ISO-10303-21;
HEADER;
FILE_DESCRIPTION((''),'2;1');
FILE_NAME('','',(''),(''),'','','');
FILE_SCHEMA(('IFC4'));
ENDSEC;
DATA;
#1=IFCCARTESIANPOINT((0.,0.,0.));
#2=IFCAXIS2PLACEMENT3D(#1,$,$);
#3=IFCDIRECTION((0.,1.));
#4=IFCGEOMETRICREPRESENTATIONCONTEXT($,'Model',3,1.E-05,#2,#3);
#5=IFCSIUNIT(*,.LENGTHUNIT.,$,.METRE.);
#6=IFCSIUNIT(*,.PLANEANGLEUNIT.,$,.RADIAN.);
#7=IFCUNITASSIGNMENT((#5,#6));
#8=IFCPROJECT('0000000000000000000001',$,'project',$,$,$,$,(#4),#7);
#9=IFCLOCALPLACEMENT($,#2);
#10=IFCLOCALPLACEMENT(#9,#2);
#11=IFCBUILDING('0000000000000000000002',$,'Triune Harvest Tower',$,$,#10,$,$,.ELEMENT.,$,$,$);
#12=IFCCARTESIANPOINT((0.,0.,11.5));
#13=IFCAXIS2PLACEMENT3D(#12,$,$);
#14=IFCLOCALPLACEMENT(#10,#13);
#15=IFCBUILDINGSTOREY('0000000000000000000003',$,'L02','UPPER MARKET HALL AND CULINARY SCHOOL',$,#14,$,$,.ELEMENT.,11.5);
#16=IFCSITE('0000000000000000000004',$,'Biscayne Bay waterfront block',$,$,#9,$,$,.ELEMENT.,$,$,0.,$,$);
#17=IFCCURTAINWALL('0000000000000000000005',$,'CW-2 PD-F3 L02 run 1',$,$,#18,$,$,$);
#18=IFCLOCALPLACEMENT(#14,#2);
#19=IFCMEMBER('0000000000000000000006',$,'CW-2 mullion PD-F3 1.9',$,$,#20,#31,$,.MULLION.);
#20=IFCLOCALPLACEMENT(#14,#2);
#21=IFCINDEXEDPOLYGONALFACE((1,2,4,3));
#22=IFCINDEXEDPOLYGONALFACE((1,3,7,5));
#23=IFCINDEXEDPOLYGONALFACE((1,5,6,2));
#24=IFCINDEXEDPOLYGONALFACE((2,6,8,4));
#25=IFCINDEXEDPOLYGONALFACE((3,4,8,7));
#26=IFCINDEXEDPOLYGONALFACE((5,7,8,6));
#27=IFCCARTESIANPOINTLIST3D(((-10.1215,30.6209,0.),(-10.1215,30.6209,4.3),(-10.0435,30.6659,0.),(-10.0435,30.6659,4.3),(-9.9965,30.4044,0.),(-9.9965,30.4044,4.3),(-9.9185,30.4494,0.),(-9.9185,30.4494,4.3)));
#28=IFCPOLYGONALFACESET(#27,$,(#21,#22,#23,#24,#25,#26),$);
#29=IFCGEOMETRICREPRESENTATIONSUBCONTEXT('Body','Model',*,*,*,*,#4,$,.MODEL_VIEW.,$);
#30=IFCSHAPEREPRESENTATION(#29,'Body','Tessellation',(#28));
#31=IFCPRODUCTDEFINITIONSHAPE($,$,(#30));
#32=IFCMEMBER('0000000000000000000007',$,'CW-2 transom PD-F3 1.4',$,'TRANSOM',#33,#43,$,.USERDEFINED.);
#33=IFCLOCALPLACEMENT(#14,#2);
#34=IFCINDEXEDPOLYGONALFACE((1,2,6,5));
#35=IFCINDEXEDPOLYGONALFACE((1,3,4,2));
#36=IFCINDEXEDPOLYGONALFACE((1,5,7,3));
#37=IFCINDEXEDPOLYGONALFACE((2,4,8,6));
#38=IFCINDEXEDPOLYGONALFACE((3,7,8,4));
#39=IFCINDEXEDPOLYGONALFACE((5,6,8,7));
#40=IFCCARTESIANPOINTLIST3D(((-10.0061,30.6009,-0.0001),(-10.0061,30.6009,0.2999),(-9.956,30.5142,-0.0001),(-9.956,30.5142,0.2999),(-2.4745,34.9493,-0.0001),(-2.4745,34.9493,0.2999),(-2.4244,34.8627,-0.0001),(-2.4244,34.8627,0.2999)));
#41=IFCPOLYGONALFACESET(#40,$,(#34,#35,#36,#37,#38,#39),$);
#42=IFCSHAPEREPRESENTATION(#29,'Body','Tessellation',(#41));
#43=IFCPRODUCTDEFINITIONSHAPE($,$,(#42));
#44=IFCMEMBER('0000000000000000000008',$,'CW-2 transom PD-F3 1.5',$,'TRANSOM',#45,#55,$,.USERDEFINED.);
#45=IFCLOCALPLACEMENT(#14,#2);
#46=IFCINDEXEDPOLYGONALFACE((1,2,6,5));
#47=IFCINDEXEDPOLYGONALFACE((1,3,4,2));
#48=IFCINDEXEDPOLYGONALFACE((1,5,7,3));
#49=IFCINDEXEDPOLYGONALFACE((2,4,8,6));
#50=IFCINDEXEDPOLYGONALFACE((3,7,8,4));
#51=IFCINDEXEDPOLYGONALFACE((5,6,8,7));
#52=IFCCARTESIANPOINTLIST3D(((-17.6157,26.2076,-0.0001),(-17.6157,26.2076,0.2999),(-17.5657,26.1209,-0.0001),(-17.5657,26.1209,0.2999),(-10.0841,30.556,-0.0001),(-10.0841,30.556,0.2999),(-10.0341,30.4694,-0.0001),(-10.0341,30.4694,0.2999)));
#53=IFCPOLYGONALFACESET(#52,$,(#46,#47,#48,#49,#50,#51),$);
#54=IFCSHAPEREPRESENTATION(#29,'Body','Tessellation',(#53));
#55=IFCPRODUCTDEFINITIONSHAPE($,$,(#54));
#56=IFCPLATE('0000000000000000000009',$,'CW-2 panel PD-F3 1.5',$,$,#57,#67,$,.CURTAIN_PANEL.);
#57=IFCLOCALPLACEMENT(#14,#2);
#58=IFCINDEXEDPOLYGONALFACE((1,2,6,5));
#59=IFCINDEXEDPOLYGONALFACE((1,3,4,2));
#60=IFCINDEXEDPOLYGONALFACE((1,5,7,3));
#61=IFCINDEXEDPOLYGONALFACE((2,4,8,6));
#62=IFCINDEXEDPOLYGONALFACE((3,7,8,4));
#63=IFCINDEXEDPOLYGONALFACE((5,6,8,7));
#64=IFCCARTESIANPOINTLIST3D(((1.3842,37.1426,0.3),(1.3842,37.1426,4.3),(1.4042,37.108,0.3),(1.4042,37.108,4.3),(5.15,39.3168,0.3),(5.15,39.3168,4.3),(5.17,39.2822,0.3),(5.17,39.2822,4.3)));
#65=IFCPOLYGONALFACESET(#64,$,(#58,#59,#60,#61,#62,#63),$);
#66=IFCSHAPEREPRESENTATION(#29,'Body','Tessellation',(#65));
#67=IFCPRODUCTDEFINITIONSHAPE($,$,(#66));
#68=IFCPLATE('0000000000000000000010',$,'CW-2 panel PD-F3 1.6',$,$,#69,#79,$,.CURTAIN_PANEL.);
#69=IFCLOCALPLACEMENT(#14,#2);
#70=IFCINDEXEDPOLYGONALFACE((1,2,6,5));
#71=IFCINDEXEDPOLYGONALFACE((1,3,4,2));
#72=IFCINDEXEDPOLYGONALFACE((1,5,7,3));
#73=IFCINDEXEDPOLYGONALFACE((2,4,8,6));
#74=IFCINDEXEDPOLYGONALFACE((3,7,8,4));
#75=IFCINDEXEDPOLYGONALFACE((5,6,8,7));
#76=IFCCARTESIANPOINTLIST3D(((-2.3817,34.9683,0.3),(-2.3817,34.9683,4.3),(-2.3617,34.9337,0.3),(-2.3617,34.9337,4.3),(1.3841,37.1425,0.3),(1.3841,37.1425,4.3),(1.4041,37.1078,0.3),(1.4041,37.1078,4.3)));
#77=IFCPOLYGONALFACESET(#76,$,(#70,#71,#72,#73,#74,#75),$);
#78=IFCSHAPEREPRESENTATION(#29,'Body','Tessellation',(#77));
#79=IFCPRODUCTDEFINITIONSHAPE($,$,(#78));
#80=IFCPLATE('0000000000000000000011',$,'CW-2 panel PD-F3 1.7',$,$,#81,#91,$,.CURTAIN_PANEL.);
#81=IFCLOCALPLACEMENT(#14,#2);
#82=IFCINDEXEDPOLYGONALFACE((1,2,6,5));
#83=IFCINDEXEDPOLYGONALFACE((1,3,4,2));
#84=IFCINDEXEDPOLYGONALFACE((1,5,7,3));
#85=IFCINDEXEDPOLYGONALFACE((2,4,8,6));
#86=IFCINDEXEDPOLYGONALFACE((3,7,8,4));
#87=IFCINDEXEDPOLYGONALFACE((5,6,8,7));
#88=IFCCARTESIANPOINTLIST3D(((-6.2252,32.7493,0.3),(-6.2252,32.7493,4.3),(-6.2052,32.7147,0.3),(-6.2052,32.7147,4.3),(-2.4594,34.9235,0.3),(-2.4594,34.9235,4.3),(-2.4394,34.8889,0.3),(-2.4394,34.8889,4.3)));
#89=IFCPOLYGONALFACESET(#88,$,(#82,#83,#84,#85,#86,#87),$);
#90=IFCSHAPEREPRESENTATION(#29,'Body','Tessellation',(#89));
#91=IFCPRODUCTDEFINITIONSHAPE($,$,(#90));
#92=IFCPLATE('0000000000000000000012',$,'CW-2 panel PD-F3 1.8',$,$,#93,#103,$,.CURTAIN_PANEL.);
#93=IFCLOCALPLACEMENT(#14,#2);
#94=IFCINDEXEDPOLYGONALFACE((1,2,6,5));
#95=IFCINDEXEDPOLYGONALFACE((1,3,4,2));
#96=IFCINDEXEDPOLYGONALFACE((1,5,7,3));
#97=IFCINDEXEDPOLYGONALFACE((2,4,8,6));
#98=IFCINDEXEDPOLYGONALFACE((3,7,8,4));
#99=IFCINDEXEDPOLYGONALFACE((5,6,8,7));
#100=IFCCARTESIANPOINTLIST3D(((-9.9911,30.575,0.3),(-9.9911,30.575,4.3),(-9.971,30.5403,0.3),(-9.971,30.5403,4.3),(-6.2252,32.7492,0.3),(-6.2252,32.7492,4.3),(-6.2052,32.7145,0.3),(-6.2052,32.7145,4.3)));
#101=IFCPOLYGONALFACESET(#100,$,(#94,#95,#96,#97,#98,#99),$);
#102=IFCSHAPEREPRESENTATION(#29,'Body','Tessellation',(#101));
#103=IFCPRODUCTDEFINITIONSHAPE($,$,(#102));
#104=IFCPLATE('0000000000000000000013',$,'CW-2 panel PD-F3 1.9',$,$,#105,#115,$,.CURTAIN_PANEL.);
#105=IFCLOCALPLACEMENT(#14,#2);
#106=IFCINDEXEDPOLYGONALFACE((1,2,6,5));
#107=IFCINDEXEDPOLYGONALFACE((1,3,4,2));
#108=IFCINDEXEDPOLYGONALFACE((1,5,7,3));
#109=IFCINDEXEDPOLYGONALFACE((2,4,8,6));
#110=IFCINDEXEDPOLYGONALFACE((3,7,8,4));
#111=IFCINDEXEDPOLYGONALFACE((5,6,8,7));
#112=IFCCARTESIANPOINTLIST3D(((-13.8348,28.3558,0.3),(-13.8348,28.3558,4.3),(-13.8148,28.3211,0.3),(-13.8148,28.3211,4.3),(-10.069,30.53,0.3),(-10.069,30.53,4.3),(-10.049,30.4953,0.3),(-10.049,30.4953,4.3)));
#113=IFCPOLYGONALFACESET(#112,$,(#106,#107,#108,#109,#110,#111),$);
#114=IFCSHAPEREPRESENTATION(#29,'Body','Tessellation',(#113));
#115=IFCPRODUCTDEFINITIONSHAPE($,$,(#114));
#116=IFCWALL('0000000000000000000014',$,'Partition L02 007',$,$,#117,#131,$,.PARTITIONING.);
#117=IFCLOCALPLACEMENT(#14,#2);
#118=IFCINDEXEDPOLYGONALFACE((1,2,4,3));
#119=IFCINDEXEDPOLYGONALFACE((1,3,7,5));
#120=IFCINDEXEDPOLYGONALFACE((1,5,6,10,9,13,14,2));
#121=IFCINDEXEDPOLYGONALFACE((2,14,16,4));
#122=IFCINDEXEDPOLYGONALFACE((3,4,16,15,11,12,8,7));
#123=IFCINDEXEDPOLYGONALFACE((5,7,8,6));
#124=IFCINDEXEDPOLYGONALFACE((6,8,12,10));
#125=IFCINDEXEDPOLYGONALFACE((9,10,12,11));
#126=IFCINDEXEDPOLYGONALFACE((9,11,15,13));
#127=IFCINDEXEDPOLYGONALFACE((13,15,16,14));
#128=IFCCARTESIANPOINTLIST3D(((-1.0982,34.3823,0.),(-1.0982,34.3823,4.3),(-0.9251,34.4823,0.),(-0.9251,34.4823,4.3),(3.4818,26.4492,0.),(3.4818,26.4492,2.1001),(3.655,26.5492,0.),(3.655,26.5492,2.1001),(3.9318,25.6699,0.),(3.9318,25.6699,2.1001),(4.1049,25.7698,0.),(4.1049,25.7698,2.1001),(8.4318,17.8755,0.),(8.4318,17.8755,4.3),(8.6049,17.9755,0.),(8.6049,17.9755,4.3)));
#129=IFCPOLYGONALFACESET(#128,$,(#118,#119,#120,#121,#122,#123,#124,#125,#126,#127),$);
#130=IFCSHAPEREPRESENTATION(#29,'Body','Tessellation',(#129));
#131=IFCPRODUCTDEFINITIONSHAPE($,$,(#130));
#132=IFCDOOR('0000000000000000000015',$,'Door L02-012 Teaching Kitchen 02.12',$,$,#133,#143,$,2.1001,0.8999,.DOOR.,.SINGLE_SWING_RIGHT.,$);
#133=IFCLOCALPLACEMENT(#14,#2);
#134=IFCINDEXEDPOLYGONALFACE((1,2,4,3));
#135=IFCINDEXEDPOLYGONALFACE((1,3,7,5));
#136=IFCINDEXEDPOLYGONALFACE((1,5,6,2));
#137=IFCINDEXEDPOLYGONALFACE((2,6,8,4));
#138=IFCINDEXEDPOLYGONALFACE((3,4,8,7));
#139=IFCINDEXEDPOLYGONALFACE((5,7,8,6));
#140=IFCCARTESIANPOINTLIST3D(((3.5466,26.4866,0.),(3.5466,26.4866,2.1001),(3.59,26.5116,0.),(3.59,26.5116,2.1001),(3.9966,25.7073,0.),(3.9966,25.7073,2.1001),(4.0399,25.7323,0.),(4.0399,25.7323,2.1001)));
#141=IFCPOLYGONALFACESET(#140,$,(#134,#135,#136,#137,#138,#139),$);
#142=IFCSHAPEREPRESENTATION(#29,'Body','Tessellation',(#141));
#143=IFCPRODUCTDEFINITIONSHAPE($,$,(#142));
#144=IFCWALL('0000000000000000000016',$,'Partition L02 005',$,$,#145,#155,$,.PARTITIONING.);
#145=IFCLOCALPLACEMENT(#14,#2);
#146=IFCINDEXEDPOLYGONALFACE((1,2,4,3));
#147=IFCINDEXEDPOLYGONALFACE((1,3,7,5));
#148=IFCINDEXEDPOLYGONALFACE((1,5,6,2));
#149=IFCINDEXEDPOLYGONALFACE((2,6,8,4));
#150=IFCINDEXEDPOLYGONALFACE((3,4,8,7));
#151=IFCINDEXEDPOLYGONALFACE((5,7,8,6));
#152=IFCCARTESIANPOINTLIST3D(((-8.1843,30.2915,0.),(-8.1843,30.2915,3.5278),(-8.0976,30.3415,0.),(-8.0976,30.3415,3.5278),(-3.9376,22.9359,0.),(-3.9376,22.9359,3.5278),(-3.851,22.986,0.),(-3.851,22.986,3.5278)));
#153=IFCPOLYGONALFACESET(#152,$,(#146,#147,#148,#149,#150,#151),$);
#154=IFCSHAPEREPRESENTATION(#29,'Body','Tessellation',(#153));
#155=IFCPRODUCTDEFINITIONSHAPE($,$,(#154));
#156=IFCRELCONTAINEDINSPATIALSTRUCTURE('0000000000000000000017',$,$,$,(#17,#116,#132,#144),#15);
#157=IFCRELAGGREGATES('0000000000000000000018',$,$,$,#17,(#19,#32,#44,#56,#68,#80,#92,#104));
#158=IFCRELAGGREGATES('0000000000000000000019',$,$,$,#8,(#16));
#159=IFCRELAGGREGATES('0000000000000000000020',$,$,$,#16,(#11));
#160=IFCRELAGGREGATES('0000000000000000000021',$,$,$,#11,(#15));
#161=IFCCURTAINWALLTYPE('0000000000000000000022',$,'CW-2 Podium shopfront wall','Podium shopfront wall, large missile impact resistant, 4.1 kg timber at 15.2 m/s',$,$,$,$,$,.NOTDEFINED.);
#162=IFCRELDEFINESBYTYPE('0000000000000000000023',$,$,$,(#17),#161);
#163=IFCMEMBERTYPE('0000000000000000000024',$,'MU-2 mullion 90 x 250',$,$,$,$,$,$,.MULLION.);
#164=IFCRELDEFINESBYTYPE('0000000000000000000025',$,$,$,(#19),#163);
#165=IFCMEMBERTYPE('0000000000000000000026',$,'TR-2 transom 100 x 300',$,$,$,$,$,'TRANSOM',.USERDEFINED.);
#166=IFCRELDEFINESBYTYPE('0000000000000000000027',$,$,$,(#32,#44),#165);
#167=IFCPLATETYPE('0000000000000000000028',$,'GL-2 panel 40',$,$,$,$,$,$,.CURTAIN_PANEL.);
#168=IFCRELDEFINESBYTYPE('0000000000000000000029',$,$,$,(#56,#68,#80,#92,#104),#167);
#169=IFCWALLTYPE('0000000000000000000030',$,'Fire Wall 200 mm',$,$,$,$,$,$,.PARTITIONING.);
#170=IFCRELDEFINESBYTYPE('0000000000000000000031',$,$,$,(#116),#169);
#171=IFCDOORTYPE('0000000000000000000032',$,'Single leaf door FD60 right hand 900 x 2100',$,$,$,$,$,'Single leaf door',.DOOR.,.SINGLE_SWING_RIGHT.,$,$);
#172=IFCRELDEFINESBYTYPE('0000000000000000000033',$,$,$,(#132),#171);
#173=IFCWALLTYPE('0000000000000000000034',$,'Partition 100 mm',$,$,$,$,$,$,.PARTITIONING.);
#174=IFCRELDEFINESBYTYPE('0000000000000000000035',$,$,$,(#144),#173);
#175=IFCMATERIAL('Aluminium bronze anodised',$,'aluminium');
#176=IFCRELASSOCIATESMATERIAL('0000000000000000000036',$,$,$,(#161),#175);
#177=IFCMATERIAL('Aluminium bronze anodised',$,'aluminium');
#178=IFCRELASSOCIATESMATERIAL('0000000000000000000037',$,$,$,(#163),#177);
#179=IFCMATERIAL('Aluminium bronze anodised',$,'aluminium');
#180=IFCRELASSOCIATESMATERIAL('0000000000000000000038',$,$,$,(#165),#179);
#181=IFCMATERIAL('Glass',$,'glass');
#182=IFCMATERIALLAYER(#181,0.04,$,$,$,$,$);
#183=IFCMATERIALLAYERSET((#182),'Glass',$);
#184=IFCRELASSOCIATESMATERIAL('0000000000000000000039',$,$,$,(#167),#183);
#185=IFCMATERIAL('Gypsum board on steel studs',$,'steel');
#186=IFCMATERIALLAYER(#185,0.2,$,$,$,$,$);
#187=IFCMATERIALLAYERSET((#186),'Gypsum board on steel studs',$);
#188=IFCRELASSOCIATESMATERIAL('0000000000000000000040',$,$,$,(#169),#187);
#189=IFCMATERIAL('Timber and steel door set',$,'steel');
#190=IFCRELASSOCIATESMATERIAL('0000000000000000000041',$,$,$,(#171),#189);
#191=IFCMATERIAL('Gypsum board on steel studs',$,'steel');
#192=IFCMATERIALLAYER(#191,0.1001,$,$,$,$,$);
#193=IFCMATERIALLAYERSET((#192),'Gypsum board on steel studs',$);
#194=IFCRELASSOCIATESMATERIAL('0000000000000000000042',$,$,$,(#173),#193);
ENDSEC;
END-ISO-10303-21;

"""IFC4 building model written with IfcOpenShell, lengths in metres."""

from ifc_helpers import new_model, si_unit, direction, frame, frame_2d, origin, origin_2d, place, context, subcontext, project, spatial, rectangle, extrude, source, transform, mapped, material, layer, layer_set, material_profile, profile_set, type_object, element, fill, aggregate, save


model = new_model("IFC4")

# Units and contexts
model_context = context("Model", 3, precision=1e-05, world=origin(), true_north=direction((0.0, 1.0)))
body_context = subcontext(model_context, "Body", "Model", "MODEL_VIEW")
ifc_project = project(units=[si_unit("LENGTHUNIT", "METRE"), si_unit("PLANEANGLEUNIT", "RADIAN")], contexts=[model_context])

# Site, building, storey
site_placement = place(None, origin())
site = spatial("IfcSite", under=ifc_project, at=site_placement, Name="Biscayne Bay waterfront block", CompositionType="ELEMENT", RefElevation=0.0)
building_placement = place(site_placement, origin())
building = spatial("IfcBuilding", under=site, at=building_placement, Name="Triune Harvest Tower", CompositionType="ELEMENT")
storey_placement = place(building_placement, frame((0.0, 0.0, 11.5)))
storey = spatial("IfcBuildingStorey", under=building, at=storey_placement, Name="L02", Description="UPPER MARKET HALL AND CULINARY SCHOOL", CompositionType="ELEMENT", Elevation=11.5)

# Curtain wall, members, plates
ifc_material_1 = material(Name="Aluminium bronze anodised", Category="aluminium")
curtain_wall_type = type_object("IfcCurtainWallType", Name="CW-2 Podium shopfront wall", Description="Podium shopfront wall, large missile impact resistant, 4.1 kg timber at 15.2 m/s", PredefinedType="NOTDEFINED", material=ifc_material_1)
curtain_wall_placement = place(storey_placement, origin())
curtain_wall = element("IfcCurtainWall", 1, at=curtain_wall_placement, inside=storey, type_object=curtain_wall_type, Name="CW-2 PD-F3 L02 run 1")
ifc_material_2 = material(Name="Aluminium bronze anodised", Category="aluminium")
ifc_material_profile_1 = material_profile(ifc_material_2, rectangle(XDim=0.25, YDim=0.0901, at=origin_2d()), Name="MU-2 mullion 90 x 250")
ifc_profile_set_1 = profile_set([ifc_material_profile_1], Name="Aluminium bronze anodised")
member_type_1 = type_object("IfcMemberType", Name="MU-2 mullion 90 x 250", PredefinedType="MULLION", material=ifc_profile_set_1)
shared_shape_1 = source(origin(), body_context, "Body", "SweptSolid", [
    extrude(rectangle(XDim=0.25, YDim=0.0901, at=origin_2d()), origin(), (0.0, 0.0, 1.0), 4.3),
])
member_1_placement = place(storey_placement, frame((-10.02, 30.5352, 0.0), z_axis=(0.0, 0.0, 1.0), x_axis=(0.5, -0.866025, 0.0)))
member_1 = element("IfcMember", 2, at=member_1_placement, type_object=member_type_1, Name="CW-2 mullion PD-F3 1.9", PredefinedType="MULLION", context=body_context, shape_type="MappedRepresentation", body=[
    mapped(shared_shape_1, transform((0.0, 0.0, 0.0), scale=1.0)),
])
ifc_material_3 = material(Name="Aluminium bronze anodised", Category="aluminium")
ifc_material_profile_2 = material_profile(ifc_material_3, rectangle(XDim=0.1001, YDim=0.3, at=origin_2d()), Name="TR-2 transom 100 x 300")
ifc_profile_set_2 = profile_set([ifc_material_profile_2], Name="Aluminium bronze anodised")
member_type_2 = type_object("IfcMemberType", Name="TR-2 transom 100 x 300", ElementType="TRANSOM", PredefinedType="USERDEFINED", material=ifc_profile_set_2)
shared_shape_2 = source(origin(), body_context, "Body", "SweptSolid", [
    extrude(rectangle(XDim=0.1001, YDim=0.3, at=origin_2d()), origin(), (0.0, 0.0, 1.0), 8.6968),
])
member_2_placement = place(storey_placement, frame((-2.4495, 34.906, 0.1499), z_axis=(-0.866021, -0.500007, 0.0), x_axis=(0.500007, -0.866021, 0.0)))
member_2 = element("IfcMember", 3, at=member_2_placement, type_object=member_type_2, Name="CW-2 transom PD-F3 1.4", ObjectType="TRANSOM", PredefinedType="USERDEFINED", context=body_context, shape_type="MappedRepresentation", body=[
    mapped(shared_shape_2, transform((0.0, 0.0, 0.0), scale=1.0)),
])
member_3_placement = place(storey_placement, frame((-10.0591, 30.5127, 0.1499), z_axis=(-0.866021, -0.500007, 0.0), x_axis=(0.500007, -0.866021, 0.0)))
member_3 = element("IfcMember", 4, at=member_3_placement, type_object=member_type_2, Name="CW-2 transom PD-F3 1.5", ObjectType="TRANSOM", PredefinedType="USERDEFINED", context=body_context, shape_type="MappedRepresentation", body=[
    mapped(shared_shape_2, transform((0.0, 0.0, 0.0), scale=1.0)),
])
ifc_material_4 = material(Name="Glass", Category="glass")
ifc_layer_1 = layer(ifc_material_4, 0.04)
ifc_layer_set_1 = layer_set([ifc_layer_1], Name="Glass")
plate_type = type_object("IfcPlateType", Name="GL-2 panel 40", PredefinedType="CURTAIN_PANEL", material=ifc_layer_set_1)
shared_shape_3 = source(origin(), body_context, "Body", "SweptSolid", [
    extrude(rectangle(XDim=4.3484, YDim=0.04, at=origin_2d()), origin(), (0.0, 0.0, 1.0), 4.0),
])
plate_1_placement = place(storey_placement, frame((3.2771, 38.2124, 0.3), z_axis=(0.0, 0.0, 1.0), x_axis=(-0.866025, -0.5, 0.0)))
plate_1 = element("IfcPlate", 5, at=plate_1_placement, type_object=plate_type, Name="CW-2 panel PD-F3 1.5", PredefinedType="CURTAIN_PANEL", context=body_context, shape_type="MappedRepresentation", body=[
    mapped(shared_shape_3, transform((0.0, 0.0, 0.0), scale=1.0)),
])
plate_2_placement = place(storey_placement, frame((-0.4888, 36.0381, 0.3), z_axis=(0.0, 0.0, 1.0), x_axis=(-0.866025, -0.5, 0.0)))
plate_2 = element("IfcPlate", 6, at=plate_2_placement, type_object=plate_type, Name="CW-2 panel PD-F3 1.6", PredefinedType="CURTAIN_PANEL", context=body_context, shape_type="MappedRepresentation", body=[
    mapped(shared_shape_3, transform((0.0, 0.0, 0.0), scale=1.0)),
])
plate_3_placement = place(storey_placement, frame((-4.3323, 33.8191, 0.3), z_axis=(0.0, 0.0, 1.0), x_axis=(-0.866025, -0.5, 0.0)))
plate_3 = element("IfcPlate", 7, at=plate_3_placement, type_object=plate_type, Name="CW-2 panel PD-F3 1.7", PredefinedType="CURTAIN_PANEL", context=body_context, shape_type="MappedRepresentation", body=[
    mapped(shared_shape_3, transform((0.0, 0.0, 0.0), scale=1.0)),
])
plate_4_placement = place(storey_placement, frame((-8.0981, 31.6448, 0.3), z_axis=(0.0, 0.0, 1.0), x_axis=(-0.866025, -0.5, 0.0)))
plate_4 = element("IfcPlate", 8, at=plate_4_placement, type_object=plate_type, Name="CW-2 panel PD-F3 1.8", PredefinedType="CURTAIN_PANEL", context=body_context, shape_type="MappedRepresentation", body=[
    mapped(shared_shape_3, transform((0.0, 0.0, 0.0), scale=1.0)),
])
plate_5_placement = place(storey_placement, frame((-11.9419, 29.4255, 0.3), z_axis=(0.0, 0.0, 1.0), x_axis=(-0.866025, -0.5, 0.0)))
plate_5 = element("IfcPlate", 9, at=plate_5_placement, type_object=plate_type, Name="CW-2 panel PD-F3 1.9", PredefinedType="CURTAIN_PANEL", context=body_context, shape_type="MappedRepresentation", body=[
    mapped(shared_shape_3, transform((0.0, 0.0, 0.0), scale=1.0)),
])
aggregate(curtain_wall, [member_1, member_2, member_3, plate_1, plate_2, plate_3, plate_4, plate_5])

# Wall, opening, door
ifc_material_5 = material(Name="Gypsum board on steel studs", Category="steel")
ifc_layer_2 = layer(ifc_material_5, 0.2)
ifc_layer_set_2 = layer_set([ifc_layer_2], Name="Gypsum board on steel studs")
wall_type_1 = type_object("IfcWallType", Name="Fire Wall 200 mm", PredefinedType="PARTITIONING", material=ifc_layer_set_2)
wall_1_placement = place(storey_placement, frame((-1.0117, 34.4324, 0.0), z_axis=(0.0, 0.0, 1.0), x_axis=(0.499992, -0.86603, 0.0)))
wall_1 = element("IfcWall", 10, at=wall_1_placement, inside=storey, type_object=wall_type_1, Name="Partition L02 007", PredefinedType="PARTITIONING", context=body_context, shape_type="SweptSolid", body=[
    extrude(rectangle(XDim=19.0603, YDim=0.2, at=frame_2d((9.5303, 0.0))), origin(), (0.0, 0.0, 1.0), 4.3),
])
opening_placement = place(wall_1_placement, frame((9.1604, 0.0, 0.0)))
opening = element("IfcOpeningElement", 11, at=opening_placement, cuts=wall_1, PredefinedType="OPENING", context=body_context, shape_type="SweptSolid", body=[
    extrude(rectangle(XDim=0.8999, YDim=2.1001, at=frame_2d((0.45, 1.05))), frame((0.0, 0.1099, 0.0), z_axis=(0.0, -1.0, 0.0), x_axis=(1.0, 0.0, 0.0)), (0.0, 0.0, 1.0), 0.22),
])
ifc_material_6 = material(Name="Timber and steel door set", Category="steel")
door_type = type_object("IfcDoorType", Name="Single leaf door FD60 right hand 900 x 2100", ElementType="Single leaf door", OperationType="SINGLE_SWING_RIGHT", PredefinedType="DOOR", material=ifc_material_6)
door_placement = place(opening_placement, origin())
door = element("IfcDoor", 12, at=door_placement, inside=storey, type_object=door_type, Name="Door L02-012 Teaching Kitchen 02.12", OperationType="SINGLE_SWING_RIGHT", OverallHeight=2.1001, OverallWidth=0.8999, PredefinedType="DOOR", context=body_context, shape_type="SweptSolid", body=[
    extrude(rectangle(XDim=0.8999, YDim=2.1001, at=frame_2d((0.45, 1.05))), frame((0.0, 0.0249, 0.0), z_axis=(0.0, -1.0, 0.0), x_axis=(1.0, 0.0, 0.0)), (0.0, 0.0, 1.0), 0.05),
])
fill(opening, door)

# Wall
ifc_material_7 = material(Name="Gypsum board on steel studs", Category="steel")
ifc_layer_3 = layer(ifc_material_7, 0.1001)
ifc_layer_set_3 = layer_set([ifc_layer_3], Name="Gypsum board on steel studs")
wall_type_2 = type_object("IfcWallType", Name="Partition 100 mm", PredefinedType="PARTITIONING", material=ifc_layer_set_3)
shared_shape_4 = source(origin(), body_context, "Body", "SweptSolid", [
    extrude(rectangle(XDim=8.4934, YDim=0.1001, at=frame_2d((4.2466, 0.0))), origin(), (0.0, 0.0, 1.0), 3.5278),
])
wall_2_placement = place(storey_placement, frame((-8.1409, 30.3164, 0.0), z_axis=(0.0, 0.0, 1.0), x_axis=(0.499991, -0.86603, 0.0)))
element("IfcWall", 13, at=wall_2_placement, inside=storey, type_object=wall_type_2, Name="Partition L02 005", PredefinedType="PARTITIONING", context=body_context, shape_type="MappedRepresentation", body=[
    mapped(shared_shape_4, transform((0.0, 0.0, 0.0), scale=1.0)),
])

save(model, "model.ifc")
